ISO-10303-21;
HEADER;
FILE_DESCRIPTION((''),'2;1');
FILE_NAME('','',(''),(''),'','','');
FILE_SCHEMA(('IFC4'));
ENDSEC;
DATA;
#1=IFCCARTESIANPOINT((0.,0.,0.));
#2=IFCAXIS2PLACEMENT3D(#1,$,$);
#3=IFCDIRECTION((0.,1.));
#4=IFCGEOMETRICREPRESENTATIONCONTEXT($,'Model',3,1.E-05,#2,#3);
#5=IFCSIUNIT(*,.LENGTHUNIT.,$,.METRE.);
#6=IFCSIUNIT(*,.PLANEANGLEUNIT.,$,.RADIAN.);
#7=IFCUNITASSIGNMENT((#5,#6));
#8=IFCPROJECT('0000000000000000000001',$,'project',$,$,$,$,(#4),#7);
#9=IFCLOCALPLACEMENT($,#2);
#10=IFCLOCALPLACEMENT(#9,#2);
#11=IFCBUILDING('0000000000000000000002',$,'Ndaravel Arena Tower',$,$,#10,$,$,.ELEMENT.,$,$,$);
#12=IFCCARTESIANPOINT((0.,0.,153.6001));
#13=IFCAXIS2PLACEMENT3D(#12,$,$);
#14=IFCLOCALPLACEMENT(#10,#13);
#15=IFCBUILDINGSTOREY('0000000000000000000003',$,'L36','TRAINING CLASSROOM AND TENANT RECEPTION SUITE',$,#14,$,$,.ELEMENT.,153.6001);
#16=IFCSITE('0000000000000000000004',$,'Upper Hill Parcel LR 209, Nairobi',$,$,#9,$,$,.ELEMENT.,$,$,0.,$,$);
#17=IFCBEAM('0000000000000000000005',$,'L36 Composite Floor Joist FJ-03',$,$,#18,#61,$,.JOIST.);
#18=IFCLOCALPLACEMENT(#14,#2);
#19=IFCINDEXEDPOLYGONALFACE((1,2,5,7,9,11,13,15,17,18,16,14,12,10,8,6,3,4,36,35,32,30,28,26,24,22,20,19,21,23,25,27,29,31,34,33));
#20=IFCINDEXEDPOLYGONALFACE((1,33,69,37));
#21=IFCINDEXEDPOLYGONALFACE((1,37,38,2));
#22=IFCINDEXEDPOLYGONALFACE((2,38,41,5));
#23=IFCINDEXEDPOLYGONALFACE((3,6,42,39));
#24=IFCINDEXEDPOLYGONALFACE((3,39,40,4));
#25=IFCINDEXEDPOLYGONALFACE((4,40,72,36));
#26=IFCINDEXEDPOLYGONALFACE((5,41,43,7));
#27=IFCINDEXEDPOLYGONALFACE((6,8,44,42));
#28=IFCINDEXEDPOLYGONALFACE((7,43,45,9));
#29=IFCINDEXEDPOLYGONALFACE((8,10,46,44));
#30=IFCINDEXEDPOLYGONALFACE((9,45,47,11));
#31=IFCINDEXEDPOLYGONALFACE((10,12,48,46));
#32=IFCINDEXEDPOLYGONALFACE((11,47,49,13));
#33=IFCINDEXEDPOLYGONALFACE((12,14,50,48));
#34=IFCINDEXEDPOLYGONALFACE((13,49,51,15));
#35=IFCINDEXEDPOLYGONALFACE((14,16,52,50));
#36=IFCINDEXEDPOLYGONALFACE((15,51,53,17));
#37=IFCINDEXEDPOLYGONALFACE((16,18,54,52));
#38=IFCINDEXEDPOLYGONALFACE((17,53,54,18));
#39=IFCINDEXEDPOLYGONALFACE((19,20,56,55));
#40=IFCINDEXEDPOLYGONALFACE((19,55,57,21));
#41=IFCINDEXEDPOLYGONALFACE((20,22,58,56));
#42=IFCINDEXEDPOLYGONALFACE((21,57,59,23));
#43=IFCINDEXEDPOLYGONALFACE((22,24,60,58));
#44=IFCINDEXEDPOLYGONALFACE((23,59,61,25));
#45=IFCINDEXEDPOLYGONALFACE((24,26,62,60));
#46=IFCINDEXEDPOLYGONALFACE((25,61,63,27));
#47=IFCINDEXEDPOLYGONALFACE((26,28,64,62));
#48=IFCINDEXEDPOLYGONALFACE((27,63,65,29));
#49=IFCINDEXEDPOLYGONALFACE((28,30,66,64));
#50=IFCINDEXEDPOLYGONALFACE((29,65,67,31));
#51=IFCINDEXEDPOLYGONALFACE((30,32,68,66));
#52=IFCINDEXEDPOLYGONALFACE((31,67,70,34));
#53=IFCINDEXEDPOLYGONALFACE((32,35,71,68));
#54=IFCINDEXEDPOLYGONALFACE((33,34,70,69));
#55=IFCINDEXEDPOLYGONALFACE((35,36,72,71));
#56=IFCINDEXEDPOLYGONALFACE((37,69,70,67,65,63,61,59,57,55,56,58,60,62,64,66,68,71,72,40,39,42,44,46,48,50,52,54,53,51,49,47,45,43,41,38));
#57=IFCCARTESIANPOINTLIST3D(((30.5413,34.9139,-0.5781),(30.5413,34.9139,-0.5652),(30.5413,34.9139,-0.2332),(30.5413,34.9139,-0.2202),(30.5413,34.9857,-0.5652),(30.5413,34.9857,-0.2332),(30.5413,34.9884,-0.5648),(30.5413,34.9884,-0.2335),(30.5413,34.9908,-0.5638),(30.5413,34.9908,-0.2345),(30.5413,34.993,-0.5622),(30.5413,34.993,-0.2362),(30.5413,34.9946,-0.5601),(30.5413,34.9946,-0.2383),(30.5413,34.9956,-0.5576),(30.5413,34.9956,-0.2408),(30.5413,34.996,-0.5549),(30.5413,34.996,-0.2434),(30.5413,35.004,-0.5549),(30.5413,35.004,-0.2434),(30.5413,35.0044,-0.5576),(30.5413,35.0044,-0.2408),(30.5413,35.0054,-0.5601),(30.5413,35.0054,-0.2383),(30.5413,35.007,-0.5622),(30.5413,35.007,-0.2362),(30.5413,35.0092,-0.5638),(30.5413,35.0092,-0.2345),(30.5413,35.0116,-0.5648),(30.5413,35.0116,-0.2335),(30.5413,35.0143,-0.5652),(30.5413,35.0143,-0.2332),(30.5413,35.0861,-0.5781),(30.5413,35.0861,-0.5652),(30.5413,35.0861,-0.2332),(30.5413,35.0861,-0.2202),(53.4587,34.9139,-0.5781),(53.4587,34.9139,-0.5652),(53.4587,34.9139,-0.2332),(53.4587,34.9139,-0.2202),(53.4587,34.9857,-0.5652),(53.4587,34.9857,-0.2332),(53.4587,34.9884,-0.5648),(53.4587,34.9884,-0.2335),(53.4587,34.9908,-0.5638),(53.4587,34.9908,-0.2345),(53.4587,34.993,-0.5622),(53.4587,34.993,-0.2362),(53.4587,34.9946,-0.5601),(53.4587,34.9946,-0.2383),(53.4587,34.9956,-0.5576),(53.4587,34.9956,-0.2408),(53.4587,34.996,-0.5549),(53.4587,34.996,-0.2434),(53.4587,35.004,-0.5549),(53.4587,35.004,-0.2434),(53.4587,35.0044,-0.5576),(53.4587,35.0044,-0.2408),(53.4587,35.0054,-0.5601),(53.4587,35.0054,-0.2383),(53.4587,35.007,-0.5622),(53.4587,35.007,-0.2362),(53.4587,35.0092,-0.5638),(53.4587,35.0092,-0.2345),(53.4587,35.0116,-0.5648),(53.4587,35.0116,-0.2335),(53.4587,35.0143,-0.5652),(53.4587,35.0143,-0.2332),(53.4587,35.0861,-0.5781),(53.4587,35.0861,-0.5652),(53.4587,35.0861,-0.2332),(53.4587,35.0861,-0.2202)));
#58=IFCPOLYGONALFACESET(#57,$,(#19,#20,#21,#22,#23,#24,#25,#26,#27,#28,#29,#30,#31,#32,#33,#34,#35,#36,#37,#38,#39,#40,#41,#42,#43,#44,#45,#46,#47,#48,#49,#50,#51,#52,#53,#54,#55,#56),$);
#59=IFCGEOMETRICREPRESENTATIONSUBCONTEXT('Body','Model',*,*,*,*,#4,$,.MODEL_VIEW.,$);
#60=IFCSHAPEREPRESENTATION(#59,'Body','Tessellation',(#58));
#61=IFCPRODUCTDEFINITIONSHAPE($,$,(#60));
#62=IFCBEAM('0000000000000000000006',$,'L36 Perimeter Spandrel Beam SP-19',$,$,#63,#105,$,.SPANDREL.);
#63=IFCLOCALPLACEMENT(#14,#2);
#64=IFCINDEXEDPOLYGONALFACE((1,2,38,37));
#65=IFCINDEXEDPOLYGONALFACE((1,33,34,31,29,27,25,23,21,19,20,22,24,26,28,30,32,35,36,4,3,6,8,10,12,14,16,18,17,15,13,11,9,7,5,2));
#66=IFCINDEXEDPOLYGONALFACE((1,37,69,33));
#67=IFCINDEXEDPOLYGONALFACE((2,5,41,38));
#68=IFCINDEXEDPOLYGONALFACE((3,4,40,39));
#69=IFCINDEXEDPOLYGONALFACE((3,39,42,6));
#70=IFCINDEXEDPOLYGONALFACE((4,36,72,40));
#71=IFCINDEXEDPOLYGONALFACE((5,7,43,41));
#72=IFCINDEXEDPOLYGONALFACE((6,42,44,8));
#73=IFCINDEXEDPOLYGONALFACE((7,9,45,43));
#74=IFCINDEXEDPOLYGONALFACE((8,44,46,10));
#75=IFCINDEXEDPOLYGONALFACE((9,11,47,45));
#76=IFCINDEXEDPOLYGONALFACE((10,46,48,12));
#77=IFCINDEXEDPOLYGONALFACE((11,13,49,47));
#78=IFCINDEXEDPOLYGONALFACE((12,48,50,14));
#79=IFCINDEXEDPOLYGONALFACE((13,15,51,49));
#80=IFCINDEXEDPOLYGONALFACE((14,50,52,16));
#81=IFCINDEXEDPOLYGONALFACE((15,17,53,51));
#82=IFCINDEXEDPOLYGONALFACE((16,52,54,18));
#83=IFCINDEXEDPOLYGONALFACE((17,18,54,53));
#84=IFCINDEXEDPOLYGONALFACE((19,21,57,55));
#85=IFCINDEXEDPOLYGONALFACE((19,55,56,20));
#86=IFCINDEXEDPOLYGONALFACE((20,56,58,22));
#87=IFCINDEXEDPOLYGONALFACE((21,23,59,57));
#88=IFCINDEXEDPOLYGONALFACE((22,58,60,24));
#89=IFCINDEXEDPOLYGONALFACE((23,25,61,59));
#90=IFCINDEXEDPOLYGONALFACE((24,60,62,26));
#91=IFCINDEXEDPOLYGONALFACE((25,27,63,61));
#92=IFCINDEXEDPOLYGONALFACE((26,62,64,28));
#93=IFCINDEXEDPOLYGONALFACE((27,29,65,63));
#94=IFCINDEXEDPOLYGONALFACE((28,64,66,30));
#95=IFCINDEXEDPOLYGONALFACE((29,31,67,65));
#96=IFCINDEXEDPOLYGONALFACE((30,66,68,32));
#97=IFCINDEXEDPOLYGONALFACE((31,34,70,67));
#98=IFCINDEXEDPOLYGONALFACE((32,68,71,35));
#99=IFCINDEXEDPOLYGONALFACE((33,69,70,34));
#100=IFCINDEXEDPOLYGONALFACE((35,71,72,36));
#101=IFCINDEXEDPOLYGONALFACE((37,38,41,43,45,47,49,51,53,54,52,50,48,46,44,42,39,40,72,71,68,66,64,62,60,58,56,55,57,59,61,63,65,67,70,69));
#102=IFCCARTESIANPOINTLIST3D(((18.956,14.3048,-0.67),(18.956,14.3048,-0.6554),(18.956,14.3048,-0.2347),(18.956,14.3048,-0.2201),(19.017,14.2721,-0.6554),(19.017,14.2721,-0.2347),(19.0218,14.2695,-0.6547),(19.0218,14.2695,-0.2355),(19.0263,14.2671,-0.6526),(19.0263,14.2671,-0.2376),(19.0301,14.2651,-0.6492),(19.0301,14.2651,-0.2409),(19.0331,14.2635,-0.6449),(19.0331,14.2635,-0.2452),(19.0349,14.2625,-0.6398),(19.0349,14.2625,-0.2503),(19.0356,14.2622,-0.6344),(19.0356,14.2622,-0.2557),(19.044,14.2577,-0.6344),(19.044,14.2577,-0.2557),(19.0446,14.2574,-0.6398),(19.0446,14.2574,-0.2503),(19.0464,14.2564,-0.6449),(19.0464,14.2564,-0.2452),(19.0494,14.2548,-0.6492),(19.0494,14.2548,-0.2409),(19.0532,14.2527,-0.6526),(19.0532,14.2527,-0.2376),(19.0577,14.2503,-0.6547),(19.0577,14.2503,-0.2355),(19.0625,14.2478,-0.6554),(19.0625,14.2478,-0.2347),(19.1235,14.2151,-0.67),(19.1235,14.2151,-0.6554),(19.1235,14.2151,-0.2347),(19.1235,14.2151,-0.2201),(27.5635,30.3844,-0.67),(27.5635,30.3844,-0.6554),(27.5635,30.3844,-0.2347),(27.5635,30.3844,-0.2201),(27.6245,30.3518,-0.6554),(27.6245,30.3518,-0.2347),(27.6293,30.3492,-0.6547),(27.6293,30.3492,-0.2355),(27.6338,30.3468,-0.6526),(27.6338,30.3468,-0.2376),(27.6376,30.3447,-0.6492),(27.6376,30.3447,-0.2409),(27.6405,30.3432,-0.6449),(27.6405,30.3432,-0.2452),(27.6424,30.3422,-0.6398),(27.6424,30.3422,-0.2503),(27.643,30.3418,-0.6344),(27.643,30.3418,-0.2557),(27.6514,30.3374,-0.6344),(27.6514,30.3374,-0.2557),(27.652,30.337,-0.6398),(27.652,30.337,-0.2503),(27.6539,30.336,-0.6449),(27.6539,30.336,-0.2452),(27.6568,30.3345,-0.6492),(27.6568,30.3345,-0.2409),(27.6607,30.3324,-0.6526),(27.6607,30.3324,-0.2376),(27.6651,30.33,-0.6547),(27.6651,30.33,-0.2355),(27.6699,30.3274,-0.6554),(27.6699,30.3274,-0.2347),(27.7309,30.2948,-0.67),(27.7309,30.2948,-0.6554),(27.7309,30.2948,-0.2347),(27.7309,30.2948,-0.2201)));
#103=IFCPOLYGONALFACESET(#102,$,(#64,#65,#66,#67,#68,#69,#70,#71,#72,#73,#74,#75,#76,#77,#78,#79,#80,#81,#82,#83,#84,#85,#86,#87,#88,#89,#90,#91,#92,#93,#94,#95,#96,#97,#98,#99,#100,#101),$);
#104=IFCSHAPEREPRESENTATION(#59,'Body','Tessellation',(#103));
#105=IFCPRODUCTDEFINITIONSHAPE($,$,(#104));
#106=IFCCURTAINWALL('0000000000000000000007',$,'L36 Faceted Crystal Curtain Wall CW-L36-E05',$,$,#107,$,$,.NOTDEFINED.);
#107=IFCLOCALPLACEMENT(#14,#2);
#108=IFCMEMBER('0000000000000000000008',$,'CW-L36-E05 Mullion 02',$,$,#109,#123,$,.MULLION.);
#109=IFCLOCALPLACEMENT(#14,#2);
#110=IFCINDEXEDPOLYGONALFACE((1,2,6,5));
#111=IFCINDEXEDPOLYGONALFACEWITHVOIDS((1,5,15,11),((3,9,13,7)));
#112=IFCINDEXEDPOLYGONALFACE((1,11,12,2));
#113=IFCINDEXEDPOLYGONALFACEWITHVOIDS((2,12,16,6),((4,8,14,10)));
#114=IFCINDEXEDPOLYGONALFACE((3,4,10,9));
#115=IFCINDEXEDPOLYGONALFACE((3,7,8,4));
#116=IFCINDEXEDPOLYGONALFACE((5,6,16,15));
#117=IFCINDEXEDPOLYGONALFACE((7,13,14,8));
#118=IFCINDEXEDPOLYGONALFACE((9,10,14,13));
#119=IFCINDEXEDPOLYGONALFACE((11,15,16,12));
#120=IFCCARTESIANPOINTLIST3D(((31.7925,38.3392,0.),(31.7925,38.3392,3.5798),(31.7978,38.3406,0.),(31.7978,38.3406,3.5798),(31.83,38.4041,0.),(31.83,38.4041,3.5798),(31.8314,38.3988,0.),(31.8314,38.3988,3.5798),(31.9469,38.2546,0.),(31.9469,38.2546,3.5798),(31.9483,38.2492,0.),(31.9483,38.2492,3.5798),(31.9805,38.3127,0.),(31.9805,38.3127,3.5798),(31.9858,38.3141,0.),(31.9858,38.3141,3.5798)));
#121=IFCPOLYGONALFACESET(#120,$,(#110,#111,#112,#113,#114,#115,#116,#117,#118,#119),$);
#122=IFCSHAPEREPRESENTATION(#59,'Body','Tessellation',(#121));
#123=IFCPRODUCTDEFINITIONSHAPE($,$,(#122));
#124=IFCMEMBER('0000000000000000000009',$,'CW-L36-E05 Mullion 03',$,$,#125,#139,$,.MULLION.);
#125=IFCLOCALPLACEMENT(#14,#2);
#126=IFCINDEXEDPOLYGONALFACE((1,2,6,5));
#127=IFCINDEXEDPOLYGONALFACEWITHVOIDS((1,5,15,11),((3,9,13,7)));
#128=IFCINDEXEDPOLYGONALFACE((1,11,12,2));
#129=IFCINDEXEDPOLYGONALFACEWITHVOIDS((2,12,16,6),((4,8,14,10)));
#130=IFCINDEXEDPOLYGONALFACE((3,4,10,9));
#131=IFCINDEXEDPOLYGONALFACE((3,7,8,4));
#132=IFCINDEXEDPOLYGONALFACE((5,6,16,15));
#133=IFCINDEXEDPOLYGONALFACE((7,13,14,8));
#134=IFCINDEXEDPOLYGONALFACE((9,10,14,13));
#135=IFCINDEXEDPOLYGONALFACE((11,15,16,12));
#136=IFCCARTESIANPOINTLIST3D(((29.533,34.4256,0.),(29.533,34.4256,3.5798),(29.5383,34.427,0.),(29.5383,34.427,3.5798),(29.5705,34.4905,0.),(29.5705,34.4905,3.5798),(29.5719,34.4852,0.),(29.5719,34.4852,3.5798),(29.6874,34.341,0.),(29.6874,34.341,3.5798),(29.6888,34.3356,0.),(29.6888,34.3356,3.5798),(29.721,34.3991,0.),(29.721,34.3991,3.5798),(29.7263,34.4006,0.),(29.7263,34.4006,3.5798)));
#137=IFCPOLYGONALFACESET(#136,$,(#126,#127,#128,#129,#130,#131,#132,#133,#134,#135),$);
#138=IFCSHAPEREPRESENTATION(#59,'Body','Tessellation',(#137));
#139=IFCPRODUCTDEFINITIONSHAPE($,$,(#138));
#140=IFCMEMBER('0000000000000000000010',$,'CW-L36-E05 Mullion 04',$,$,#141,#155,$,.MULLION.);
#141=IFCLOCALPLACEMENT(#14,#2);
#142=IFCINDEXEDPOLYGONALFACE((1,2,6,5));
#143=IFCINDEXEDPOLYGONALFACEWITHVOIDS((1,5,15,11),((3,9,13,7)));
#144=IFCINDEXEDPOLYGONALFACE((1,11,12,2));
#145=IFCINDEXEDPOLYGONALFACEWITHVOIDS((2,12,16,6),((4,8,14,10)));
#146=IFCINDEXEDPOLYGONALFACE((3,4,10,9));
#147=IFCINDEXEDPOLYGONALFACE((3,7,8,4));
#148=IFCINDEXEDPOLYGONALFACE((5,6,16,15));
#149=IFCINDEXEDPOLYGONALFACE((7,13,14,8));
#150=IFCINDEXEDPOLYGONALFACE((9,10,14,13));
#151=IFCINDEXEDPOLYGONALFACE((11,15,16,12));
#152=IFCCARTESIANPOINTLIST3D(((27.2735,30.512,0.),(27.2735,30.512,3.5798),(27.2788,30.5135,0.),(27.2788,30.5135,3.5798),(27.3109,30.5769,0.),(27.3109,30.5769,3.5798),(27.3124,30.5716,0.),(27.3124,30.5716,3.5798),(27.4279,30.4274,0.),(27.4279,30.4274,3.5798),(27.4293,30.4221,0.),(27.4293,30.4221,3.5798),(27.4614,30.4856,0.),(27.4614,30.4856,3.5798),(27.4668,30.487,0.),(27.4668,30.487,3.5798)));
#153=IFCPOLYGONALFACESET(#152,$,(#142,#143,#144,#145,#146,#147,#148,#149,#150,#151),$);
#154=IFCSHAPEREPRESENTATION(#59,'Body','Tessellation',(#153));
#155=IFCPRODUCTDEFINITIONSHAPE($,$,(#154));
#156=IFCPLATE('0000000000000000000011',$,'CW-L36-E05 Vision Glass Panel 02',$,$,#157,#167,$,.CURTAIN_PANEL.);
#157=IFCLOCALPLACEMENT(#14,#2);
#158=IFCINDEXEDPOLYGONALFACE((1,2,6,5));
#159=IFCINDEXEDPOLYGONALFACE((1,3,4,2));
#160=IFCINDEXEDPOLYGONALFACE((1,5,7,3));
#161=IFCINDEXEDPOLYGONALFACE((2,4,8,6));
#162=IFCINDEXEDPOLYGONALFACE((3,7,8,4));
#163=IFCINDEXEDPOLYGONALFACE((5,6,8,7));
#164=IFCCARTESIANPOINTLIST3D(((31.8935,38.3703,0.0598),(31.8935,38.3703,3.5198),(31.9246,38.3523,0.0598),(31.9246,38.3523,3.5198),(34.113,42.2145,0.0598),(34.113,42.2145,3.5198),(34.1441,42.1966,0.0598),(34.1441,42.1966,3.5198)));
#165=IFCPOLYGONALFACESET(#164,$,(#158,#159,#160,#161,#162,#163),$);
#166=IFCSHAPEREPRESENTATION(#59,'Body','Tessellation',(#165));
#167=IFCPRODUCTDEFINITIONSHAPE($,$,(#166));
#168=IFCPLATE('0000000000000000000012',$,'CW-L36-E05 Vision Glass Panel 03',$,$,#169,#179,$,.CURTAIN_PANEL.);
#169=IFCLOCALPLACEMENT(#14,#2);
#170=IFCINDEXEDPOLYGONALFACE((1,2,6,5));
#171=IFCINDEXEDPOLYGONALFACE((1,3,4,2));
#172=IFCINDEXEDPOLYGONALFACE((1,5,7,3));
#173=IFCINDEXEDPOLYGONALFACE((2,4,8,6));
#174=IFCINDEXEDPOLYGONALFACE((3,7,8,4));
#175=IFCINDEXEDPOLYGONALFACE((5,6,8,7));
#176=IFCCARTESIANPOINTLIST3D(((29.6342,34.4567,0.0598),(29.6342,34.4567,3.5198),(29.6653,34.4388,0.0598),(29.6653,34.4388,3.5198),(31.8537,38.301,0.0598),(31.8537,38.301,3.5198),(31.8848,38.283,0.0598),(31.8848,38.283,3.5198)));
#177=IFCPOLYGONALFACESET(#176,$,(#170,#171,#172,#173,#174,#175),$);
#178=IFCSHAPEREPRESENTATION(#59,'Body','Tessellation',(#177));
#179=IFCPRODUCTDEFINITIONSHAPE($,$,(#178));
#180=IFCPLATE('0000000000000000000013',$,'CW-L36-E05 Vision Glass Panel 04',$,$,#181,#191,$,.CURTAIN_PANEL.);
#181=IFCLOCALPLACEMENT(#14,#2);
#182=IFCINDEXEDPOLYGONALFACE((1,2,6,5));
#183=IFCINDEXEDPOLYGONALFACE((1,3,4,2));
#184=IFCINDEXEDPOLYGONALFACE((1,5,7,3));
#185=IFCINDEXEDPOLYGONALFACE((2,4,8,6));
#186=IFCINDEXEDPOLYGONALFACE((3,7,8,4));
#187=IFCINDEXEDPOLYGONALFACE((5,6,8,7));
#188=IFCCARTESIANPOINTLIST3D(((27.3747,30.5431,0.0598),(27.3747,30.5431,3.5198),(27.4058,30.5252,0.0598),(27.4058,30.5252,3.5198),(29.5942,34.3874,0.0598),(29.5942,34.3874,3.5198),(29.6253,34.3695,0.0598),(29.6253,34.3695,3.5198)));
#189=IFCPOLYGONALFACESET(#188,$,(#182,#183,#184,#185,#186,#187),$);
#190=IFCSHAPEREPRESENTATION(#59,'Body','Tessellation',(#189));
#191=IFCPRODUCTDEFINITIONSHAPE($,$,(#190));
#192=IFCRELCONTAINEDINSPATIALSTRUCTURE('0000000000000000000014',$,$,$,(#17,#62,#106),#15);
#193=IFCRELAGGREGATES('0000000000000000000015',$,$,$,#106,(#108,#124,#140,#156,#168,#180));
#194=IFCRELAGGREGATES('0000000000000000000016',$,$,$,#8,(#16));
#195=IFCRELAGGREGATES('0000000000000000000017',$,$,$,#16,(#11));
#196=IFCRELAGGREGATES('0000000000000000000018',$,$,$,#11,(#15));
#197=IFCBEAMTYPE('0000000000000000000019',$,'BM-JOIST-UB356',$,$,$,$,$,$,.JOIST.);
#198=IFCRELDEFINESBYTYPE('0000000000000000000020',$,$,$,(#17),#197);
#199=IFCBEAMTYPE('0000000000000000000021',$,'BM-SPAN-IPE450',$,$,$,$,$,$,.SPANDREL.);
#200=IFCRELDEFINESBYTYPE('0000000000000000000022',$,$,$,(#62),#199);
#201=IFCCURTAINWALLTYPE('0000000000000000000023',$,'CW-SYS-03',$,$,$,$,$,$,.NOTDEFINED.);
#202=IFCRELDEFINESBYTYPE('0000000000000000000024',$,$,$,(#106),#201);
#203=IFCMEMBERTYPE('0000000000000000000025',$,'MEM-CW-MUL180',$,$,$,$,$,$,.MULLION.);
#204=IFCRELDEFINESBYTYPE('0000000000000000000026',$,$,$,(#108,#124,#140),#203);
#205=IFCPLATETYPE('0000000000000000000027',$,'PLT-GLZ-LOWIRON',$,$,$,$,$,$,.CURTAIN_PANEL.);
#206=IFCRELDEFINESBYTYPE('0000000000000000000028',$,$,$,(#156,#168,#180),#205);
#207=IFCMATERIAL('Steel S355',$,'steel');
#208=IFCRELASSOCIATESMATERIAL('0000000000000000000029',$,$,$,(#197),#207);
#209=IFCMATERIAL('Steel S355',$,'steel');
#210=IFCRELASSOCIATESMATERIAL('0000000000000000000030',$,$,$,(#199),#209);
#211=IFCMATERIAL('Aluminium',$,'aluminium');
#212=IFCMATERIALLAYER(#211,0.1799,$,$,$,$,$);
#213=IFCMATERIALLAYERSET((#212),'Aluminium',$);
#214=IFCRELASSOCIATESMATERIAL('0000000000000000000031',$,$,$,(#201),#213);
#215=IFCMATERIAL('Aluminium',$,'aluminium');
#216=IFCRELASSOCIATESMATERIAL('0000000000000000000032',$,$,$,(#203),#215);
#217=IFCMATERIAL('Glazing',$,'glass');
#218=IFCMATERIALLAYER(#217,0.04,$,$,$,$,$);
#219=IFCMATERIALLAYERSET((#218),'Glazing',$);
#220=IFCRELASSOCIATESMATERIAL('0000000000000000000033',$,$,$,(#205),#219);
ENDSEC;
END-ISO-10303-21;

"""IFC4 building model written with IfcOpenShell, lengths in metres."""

from ifc_helpers import new_model, si_unit, direction, frame, origin, origin_2d, place, context, subcontext, project, spatial, rectangle, hollow_rectangle, i_section, extrude, material, layer, layer_set, material_profile, profile_set, type_object, element, aggregate, save


model = new_model("IFC4")

# Units and contexts
model_context = context("Model", 3, precision=1e-05, world=origin(), true_north=direction((0.0, 1.0)))
body_context = subcontext(model_context, "Body", "Model", "MODEL_VIEW")
ifc_project = project(units=[si_unit("LENGTHUNIT", "METRE"), si_unit("PLANEANGLEUNIT", "RADIAN")], contexts=[model_context])

# Site, building, storey
site_placement = place(None, origin())
site = spatial("IfcSite", under=ifc_project, at=site_placement, Name="Upper Hill Parcel LR 209, Nairobi", CompositionType="ELEMENT", RefElevation=0.0)
building_placement = place(site_placement, origin())
building = spatial("IfcBuilding", under=site, at=building_placement, Name="Ndaravel Arena Tower", CompositionType="ELEMENT")
storey_placement = place(building_placement, frame((0.0, 0.0, 153.6001)))
storey = spatial("IfcBuildingStorey", under=building, at=storey_placement, Name="L36", Description="TRAINING CLASSROOM AND TENANT RECEPTION SUITE", CompositionType="ELEMENT", Elevation=153.6001)

# Beams
ifc_material_1 = material(Name="Steel S355", Category="steel")
ifc_material_profile_1 = material_profile(ifc_material_1, i_section(OverallWidth=0.1721, OverallDepth=0.3579, WebThickness=0.0081, FlangeThickness=0.0129, FilletRadius=0.0103, at=origin_2d()), Name="UB 356x171x57")
ifc_profile_set_1 = profile_set([ifc_material_profile_1], Name="Steel S355")
beam_type_1 = type_object("IfcBeamType", Name="BM-JOIST-UB356", PredefinedType="JOIST", material=ifc_profile_set_1)
beam_1_placement = place(storey_placement, frame((30.5413, 35.0, -0.3992), z_axis=(1.0, 0.0, 0.0), x_axis=(0.0, 1.0, 0.0)))
element("IfcBeam", 1, at=beam_1_placement, inside=storey, type_object=beam_type_1, Name="L36 Composite Floor Joist FJ-03", PredefinedType="JOIST", context=body_context, shape_type="SweptSolid", body=[
    extrude(i_section(OverallWidth=0.1721, OverallDepth=0.3579, WebThickness=0.0081, FlangeThickness=0.0129, FilletRadius=0.0103, at=origin_2d()), origin(), (0.0, 0.0, 1.0), 22.9175),
])
ifc_material_2 = material(Name="Steel S355", Category="steel")
ifc_material_profile_2 = material_profile(ifc_material_2, i_section(OverallWidth=0.1899, OverallDepth=0.45, WebThickness=0.0095, FlangeThickness=0.0146, FilletRadius=0.021, at=origin_2d()), Name="IPE 450")
ifc_profile_set_2 = profile_set([ifc_material_profile_2], Name="Steel S355")
beam_type_2 = type_object("IfcBeamType", Name="BM-SPAN-IPE450", PredefinedType="SPANDREL", material=ifc_profile_set_2)
beam_2_placement = place(storey_placement, frame((27.6472, 30.3396, -0.4451), z_axis=(-0.471938, -0.881632, 0.0), x_axis=(0.881632, -0.471938, 0.0)))
element("IfcBeam", 2, at=beam_2_placement, inside=storey, type_object=beam_type_2, Name="L36 Perimeter Spandrel Beam SP-19", PredefinedType="SPANDREL", context=body_context, shape_type="SweptSolid", body=[
    extrude(i_section(OverallWidth=0.1899, OverallDepth=0.45, WebThickness=0.0095, FlangeThickness=0.0146, FilletRadius=0.021, at=origin_2d()), origin(), (0.0, 0.0, 1.0), 18.2385),
])

# Curtain wall, members, plates
ifc_material_3 = material(Name="Aluminium", Category="aluminium")
ifc_layer_1 = layer(ifc_material_3, 0.1799)
ifc_layer_set_1 = layer_set([ifc_layer_1], Name="Aluminium")
curtain_wall_type = type_object("IfcCurtainWallType", Name="CW-SYS-03", PredefinedType="NOTDEFINED", material=ifc_layer_set_1)
curtain_wall_placement = place(storey_placement, origin())
curtain_wall = element("IfcCurtainWall", 3, at=curtain_wall_placement, inside=storey, type_object=curtain_wall_type, Name="L36 Faceted Crystal Curtain Wall CW-L36-E05", PredefinedType="NOTDEFINED")
ifc_material_4 = material(Name="Aluminium", Category="aluminium")
ifc_material_profile_3 = material_profile(ifc_material_4, hollow_rectangle(XDim=0.075, YDim=0.1799, WallThickness=0.0039, at=origin_2d()), Name="CW MULLION 75x180x4")
ifc_profile_set_3 = profile_set([ifc_material_profile_3], Name="Aluminium")
member_type = type_object("IfcMemberType", Name="MEM-CW-MUL180", PredefinedType="MULLION", material=ifc_profile_set_3)
member_1_placement = place(storey_placement, frame((31.8892, 38.3267, 0.0), z_axis=(0.0, 0.0, 1.0), x_axis=(-0.5, -0.866025, 0.0)))
member_1 = element("IfcMember", 4, at=member_1_placement, type_object=member_type, Name="CW-L36-E05 Mullion 02", PredefinedType="MULLION", context=body_context, shape_type="SweptSolid", body=[
    extrude(hollow_rectangle(XDim=0.075, YDim=0.1799, WallThickness=0.0039, at=origin_2d()), origin(), (0.0, 0.0, 1.0), 3.5798),
])
member_2_placement = place(storey_placement, frame((29.6296, 34.4131, 0.0), z_axis=(0.0, 0.0, 1.0), x_axis=(-0.5, -0.866025, 0.0)))
member_2 = element("IfcMember", 5, at=member_2_placement, type_object=member_type, Name="CW-L36-E05 Mullion 03", PredefinedType="MULLION", context=body_context, shape_type="SweptSolid", body=[
    extrude(hollow_rectangle(XDim=0.075, YDim=0.1799, WallThickness=0.0039, at=origin_2d()), origin(), (0.0, 0.0, 1.0), 3.5798),
])
member_3_placement = place(storey_placement, frame((27.3701, 30.4995, 0.0), z_axis=(0.0, 0.0, 1.0), x_axis=(-0.5, -0.866025, 0.0)))
member_3 = element("IfcMember", 6, at=member_3_placement, type_object=member_type, Name="CW-L36-E05 Mullion 04", PredefinedType="MULLION", context=body_context, shape_type="SweptSolid", body=[
    extrude(hollow_rectangle(XDim=0.075, YDim=0.1799, WallThickness=0.0039, at=origin_2d()), origin(), (0.0, 0.0, 1.0), 3.5798),
])
ifc_material_5 = material(Name="Glazing", Category="glass")
ifc_layer_2 = layer(ifc_material_5, 0.04)
ifc_layer_set_2 = layer_set([ifc_layer_2], Name="Glazing")
plate_type = type_object("IfcPlateType", Name="PLT-GLZ-LOWIRON", PredefinedType="CURTAIN_PANEL", material=ifc_layer_set_2)
plate_1_placement = place(storey_placement, frame((33.0188, 40.2834, 0.0598), z_axis=(0.0, 0.0, 1.0), x_axis=(-0.5, -0.866025, 0.0)))
plate_1 = element("IfcPlate", 7, at=plate_1_placement, type_object=plate_type, Name="CW-L36-E05 Vision Glass Panel 02", PredefinedType="CURTAIN_PANEL", context=body_context, shape_type="SweptSolid", body=[
    extrude(rectangle(XDim=4.439, YDim=0.0359, at=origin_2d()), origin(), (0.0, 0.0, 1.0), 3.46),
])
plate_2_placement = place(storey_placement, frame((30.7595, 36.3699, 0.0598), z_axis=(0.0, 0.0, 1.0), x_axis=(-0.5, -0.866025, 0.0)))
plate_2 = element("IfcPlate", 8, at=plate_2_placement, type_object=plate_type, Name="CW-L36-E05 Vision Glass Panel 03", PredefinedType="CURTAIN_PANEL", context=body_context, shape_type="SweptSolid", body=[
    extrude(rectangle(XDim=4.439, YDim=0.0359, at=origin_2d()), origin(), (0.0, 0.0, 1.0), 3.46),
])
plate_3_placement = place(storey_placement, frame((28.5, 32.4563, 0.0598), z_axis=(0.0, 0.0, 1.0), x_axis=(-0.5, -0.866025, 0.0)))
plate_3 = element("IfcPlate", 9, at=plate_3_placement, type_object=plate_type, Name="CW-L36-E05 Vision Glass Panel 04", PredefinedType="CURTAIN_PANEL", context=body_context, shape_type="SweptSolid", body=[
    extrude(rectangle(XDim=4.439, YDim=0.0359, at=origin_2d()), origin(), (0.0, 0.0, 1.0), 3.46),
])
aggregate(curtain_wall, [member_1, member_2, member_3, plate_1, plate_2, plate_3])

save(model, "model.ifc")
